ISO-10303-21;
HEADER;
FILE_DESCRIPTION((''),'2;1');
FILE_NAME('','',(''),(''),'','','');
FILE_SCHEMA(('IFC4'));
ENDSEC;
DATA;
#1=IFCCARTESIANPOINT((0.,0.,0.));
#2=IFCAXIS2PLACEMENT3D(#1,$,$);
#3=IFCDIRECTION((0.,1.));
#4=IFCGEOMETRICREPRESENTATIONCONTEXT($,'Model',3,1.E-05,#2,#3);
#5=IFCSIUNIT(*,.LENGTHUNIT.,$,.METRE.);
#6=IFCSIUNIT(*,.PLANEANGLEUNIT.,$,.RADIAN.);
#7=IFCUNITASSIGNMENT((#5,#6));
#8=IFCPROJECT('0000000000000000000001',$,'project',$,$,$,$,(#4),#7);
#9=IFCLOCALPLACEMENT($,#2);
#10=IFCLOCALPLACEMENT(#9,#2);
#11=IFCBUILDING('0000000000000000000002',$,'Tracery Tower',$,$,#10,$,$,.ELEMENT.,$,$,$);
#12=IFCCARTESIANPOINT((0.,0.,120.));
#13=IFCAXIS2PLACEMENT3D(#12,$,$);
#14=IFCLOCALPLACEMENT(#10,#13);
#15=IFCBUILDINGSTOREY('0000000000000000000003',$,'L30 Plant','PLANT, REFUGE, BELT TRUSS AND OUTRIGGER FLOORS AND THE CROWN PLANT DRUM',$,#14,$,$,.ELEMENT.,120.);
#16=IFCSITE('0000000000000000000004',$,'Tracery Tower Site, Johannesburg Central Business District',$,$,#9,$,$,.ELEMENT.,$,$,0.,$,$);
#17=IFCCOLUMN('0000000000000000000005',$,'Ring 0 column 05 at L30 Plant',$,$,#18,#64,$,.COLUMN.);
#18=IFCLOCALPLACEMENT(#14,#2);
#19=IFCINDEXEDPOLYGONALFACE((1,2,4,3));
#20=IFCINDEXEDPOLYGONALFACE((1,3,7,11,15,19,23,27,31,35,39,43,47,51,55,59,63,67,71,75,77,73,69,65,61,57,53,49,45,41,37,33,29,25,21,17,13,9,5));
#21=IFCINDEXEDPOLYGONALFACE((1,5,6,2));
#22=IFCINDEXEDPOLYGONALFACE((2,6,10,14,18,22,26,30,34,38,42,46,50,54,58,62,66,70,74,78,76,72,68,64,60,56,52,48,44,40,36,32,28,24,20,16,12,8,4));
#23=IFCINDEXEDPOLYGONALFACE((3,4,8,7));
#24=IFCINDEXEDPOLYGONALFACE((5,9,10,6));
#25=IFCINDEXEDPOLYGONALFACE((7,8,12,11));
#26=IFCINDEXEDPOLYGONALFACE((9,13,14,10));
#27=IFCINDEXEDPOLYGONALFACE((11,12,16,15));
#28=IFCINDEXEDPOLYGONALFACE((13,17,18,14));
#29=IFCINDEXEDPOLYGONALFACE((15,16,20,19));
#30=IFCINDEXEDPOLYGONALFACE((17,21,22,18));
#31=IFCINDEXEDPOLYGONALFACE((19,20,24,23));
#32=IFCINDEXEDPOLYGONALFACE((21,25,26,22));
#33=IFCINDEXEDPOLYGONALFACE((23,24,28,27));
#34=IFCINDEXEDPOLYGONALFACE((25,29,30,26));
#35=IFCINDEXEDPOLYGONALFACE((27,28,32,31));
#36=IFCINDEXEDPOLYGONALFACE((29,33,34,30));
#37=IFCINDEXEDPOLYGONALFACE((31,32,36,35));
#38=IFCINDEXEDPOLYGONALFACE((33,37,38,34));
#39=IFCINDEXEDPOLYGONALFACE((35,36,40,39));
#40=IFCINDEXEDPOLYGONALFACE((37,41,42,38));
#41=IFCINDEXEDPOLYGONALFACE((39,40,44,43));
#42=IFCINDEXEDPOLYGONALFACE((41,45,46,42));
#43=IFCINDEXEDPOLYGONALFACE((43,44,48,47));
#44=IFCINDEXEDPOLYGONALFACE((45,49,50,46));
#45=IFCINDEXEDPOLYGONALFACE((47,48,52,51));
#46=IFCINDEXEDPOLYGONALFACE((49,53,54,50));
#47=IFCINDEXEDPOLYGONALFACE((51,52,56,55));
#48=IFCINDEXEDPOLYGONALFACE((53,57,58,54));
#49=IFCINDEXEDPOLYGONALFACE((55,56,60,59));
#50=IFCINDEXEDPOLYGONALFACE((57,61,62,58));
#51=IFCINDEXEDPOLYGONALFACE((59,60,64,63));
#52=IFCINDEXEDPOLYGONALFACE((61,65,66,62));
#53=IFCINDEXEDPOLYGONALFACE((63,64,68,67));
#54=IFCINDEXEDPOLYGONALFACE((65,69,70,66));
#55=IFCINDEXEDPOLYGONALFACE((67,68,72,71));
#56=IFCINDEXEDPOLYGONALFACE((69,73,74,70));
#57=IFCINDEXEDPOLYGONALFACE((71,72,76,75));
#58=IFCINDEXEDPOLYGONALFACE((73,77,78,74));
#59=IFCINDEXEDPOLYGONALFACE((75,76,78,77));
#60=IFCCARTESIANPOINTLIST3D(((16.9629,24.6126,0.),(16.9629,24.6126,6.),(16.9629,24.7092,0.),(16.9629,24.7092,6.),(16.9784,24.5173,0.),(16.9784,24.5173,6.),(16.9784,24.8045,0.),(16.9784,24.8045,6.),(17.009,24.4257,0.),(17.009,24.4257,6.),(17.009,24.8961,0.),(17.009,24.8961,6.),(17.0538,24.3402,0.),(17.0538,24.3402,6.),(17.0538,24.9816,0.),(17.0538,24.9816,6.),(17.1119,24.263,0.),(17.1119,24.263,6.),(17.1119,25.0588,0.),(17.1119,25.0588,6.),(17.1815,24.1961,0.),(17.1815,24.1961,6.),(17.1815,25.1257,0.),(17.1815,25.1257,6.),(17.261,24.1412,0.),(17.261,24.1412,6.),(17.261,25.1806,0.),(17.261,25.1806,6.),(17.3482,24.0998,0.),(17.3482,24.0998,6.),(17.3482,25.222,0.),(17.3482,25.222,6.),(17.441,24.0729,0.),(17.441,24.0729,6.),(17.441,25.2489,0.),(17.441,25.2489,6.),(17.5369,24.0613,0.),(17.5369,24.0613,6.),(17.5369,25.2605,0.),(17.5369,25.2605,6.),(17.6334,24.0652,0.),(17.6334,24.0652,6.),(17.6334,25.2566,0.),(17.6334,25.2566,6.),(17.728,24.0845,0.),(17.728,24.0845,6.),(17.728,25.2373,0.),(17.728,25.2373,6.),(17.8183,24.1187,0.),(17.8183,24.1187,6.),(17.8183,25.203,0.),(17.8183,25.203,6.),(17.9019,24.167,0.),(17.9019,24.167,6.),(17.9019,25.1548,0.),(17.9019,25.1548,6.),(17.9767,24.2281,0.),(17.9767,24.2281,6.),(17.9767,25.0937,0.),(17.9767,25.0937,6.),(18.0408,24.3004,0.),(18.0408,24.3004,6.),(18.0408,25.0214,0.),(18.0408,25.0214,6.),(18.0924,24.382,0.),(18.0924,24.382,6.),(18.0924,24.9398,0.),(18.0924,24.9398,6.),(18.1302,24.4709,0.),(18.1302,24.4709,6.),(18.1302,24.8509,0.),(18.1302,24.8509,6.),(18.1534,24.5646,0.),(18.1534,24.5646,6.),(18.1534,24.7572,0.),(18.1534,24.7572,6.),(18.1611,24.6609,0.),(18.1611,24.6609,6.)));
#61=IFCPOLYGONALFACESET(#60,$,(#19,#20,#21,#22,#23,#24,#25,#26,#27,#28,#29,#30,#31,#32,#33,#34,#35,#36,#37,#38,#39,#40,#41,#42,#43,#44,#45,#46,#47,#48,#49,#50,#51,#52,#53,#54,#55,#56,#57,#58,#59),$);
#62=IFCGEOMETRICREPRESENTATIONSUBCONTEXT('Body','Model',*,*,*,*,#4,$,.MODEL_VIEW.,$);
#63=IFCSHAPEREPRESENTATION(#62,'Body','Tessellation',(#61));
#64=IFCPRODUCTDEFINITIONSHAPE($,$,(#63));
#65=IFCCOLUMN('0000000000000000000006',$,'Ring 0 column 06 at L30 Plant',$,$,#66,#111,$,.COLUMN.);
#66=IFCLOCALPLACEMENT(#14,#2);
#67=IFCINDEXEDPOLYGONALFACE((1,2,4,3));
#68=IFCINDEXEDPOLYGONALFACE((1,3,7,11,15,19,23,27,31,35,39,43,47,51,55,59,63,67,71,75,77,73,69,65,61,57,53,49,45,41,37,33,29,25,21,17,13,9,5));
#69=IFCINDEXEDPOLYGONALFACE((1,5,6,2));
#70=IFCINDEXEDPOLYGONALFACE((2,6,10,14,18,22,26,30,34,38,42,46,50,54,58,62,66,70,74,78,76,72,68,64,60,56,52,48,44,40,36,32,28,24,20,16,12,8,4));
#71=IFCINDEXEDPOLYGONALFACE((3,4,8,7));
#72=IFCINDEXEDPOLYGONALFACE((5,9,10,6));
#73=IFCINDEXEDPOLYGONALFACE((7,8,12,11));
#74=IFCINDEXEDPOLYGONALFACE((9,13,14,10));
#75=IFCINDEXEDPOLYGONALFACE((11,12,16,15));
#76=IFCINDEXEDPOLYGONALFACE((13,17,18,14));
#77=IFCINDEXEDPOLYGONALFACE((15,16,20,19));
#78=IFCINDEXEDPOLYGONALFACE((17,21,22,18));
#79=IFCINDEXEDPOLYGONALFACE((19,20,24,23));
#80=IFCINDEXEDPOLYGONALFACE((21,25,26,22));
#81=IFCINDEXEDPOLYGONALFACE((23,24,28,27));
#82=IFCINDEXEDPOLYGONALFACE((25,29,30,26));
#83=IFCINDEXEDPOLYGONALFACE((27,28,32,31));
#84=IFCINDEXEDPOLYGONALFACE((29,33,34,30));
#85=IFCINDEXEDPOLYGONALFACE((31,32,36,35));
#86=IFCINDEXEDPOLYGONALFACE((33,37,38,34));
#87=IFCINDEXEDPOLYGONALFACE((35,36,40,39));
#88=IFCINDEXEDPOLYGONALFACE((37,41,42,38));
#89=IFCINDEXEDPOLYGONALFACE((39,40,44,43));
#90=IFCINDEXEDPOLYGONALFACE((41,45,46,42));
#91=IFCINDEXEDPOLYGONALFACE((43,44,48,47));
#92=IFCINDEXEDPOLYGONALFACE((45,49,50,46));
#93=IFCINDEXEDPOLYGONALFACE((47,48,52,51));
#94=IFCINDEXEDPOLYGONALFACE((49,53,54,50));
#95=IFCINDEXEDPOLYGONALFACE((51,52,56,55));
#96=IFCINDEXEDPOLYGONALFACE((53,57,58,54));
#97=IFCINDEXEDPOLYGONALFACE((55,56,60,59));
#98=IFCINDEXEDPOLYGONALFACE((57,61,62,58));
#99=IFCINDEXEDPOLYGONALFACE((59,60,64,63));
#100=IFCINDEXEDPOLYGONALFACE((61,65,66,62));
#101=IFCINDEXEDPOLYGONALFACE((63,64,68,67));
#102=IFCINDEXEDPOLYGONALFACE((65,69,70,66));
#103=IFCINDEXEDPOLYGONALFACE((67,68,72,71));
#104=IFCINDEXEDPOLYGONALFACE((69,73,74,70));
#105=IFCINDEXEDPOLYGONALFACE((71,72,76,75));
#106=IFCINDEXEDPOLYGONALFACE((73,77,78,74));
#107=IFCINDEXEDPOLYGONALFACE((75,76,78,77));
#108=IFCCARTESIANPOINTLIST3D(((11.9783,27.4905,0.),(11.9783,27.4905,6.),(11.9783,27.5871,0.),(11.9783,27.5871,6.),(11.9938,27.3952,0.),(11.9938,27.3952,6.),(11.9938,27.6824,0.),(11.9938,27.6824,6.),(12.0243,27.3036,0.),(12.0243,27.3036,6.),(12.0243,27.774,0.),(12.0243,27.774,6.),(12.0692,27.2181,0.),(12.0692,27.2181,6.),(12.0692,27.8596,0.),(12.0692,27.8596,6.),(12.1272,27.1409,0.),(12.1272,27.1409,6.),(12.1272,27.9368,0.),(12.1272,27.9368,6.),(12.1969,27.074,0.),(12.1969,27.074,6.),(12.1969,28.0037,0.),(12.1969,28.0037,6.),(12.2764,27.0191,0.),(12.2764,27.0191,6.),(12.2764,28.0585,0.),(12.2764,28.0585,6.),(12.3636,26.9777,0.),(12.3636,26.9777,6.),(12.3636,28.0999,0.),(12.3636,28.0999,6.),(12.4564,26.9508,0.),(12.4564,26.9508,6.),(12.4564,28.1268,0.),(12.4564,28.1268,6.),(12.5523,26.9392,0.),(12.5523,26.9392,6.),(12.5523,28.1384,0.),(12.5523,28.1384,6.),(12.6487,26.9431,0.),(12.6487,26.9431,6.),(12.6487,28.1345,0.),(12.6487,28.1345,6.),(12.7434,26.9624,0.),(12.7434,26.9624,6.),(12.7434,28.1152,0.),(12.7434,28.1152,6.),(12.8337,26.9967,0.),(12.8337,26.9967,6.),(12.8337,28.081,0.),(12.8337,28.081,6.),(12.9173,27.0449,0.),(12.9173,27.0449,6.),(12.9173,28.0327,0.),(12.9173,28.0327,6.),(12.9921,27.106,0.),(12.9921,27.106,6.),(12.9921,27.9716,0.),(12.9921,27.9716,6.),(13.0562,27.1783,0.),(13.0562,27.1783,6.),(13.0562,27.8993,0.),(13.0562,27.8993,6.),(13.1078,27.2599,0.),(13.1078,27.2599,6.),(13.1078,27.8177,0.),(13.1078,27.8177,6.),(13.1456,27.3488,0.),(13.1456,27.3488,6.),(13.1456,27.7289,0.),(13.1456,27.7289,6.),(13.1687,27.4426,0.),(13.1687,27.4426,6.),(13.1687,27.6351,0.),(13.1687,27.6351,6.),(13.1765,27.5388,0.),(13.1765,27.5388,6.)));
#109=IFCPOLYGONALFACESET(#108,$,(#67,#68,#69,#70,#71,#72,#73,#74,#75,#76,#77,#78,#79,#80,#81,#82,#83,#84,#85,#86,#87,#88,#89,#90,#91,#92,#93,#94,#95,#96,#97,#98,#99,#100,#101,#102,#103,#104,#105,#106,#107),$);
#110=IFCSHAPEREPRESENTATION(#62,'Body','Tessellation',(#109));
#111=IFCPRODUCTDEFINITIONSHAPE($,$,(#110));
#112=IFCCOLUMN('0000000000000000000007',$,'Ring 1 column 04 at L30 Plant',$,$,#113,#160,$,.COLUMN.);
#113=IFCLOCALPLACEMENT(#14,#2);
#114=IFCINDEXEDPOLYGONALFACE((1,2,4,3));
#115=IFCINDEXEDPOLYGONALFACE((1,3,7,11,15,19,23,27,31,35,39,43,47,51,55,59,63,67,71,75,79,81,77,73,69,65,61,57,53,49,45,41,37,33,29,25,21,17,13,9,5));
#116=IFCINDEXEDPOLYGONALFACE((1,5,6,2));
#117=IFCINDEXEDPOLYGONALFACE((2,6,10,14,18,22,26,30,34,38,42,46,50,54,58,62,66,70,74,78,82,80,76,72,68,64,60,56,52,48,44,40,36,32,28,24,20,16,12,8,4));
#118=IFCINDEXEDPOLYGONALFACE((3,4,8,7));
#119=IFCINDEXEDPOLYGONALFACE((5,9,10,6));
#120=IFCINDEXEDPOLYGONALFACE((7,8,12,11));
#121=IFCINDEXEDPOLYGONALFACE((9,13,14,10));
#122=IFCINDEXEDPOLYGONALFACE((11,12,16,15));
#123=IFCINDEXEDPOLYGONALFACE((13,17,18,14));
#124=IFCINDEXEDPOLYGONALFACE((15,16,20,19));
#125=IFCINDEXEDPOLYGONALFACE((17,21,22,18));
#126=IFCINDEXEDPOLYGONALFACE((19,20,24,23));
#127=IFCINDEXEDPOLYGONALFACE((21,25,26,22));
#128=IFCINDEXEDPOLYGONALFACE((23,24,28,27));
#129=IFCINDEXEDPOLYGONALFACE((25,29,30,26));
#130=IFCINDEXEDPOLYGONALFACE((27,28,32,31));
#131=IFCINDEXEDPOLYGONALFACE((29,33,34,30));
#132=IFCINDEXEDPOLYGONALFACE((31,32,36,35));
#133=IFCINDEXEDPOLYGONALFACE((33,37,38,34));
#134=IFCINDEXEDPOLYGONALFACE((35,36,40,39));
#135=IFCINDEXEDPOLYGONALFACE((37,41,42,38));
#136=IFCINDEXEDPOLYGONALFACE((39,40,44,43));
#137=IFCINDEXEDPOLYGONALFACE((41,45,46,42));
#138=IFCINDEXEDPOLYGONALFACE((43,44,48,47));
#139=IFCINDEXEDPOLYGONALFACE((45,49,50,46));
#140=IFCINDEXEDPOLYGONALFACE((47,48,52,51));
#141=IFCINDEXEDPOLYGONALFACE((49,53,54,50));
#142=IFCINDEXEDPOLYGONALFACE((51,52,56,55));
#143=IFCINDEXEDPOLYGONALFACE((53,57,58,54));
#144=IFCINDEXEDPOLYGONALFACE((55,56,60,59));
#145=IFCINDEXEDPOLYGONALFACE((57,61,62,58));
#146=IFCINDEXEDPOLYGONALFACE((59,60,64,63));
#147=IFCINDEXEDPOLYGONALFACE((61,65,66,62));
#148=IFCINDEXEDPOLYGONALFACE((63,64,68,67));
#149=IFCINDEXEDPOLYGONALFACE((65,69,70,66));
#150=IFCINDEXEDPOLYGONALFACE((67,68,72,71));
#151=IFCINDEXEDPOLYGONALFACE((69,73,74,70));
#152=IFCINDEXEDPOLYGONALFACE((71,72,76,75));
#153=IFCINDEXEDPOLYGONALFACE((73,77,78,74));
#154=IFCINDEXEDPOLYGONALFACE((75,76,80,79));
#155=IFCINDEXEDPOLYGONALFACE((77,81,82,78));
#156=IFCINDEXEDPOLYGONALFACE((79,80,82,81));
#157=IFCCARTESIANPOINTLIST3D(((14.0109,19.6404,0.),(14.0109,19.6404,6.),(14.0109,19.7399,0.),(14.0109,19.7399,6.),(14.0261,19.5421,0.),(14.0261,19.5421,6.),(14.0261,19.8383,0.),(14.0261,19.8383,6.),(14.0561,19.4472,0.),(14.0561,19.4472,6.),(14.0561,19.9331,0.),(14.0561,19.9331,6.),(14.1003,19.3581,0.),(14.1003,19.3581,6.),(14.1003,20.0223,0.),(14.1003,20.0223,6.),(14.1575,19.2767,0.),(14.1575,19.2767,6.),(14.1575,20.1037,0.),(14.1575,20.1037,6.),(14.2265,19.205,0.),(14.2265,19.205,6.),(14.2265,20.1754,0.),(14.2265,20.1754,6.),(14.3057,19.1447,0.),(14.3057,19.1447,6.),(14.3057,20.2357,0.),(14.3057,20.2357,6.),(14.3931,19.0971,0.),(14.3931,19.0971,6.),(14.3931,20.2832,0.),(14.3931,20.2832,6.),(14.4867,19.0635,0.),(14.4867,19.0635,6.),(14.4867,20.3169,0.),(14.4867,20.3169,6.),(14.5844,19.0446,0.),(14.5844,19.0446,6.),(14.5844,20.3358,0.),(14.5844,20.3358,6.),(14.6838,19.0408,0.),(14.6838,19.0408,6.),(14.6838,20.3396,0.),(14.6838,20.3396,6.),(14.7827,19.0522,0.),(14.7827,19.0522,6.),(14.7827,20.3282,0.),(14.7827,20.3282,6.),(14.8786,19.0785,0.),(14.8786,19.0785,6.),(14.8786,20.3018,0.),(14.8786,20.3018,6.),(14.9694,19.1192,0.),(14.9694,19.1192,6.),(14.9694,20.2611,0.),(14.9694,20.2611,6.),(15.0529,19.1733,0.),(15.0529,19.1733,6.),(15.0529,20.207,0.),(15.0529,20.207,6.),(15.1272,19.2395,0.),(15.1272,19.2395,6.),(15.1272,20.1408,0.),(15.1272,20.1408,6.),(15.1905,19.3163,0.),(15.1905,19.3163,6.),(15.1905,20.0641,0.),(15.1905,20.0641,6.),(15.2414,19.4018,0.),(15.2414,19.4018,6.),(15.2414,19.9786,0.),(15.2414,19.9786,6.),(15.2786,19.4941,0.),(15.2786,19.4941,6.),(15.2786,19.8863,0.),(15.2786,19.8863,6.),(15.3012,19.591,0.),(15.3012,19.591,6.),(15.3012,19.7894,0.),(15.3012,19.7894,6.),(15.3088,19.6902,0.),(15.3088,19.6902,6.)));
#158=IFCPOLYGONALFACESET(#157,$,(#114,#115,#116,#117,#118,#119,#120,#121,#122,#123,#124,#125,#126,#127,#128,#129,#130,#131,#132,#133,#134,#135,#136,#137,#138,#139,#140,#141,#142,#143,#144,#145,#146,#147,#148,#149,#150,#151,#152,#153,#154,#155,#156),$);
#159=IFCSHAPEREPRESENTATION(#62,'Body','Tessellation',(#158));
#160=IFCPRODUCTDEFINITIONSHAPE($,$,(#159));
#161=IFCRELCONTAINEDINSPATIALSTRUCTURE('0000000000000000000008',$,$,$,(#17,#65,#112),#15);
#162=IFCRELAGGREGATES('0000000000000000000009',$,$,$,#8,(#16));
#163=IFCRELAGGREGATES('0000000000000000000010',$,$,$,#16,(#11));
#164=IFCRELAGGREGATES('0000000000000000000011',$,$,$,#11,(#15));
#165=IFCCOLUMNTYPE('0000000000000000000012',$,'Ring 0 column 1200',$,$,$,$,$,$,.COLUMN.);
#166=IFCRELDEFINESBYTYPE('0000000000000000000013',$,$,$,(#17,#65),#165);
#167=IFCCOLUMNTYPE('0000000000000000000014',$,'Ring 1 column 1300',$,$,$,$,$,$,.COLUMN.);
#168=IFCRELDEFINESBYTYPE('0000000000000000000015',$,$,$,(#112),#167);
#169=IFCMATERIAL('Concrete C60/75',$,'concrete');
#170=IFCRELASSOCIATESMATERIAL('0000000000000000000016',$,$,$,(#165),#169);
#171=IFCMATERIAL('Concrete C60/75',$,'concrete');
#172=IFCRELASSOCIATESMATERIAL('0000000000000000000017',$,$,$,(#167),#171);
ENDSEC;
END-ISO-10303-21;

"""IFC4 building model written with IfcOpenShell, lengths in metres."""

from ifc_helpers import new_model, si_unit, direction, frame, origin, origin_2d, place, context, subcontext, project, spatial, circle, extrude, material, material_profile, profile_set, type_object, element, save


model = new_model("IFC4")

# Units and contexts
model_context = context("Model", 3, precision=1e-05, world=origin(), true_north=direction((0.0, 1.0)))
body_context = subcontext(model_context, "Body", "Model", "MODEL_VIEW")
ifc_project = project(units=[si_unit("LENGTHUNIT", "METRE"), si_unit("PLANEANGLEUNIT", "RADIAN")], contexts=[model_context])

# Site, building, storey
site_placement = place(None, origin())
site = spatial("IfcSite", under=ifc_project, at=site_placement, Name="Tracery Tower Site, Johannesburg Central Business District", CompositionType="ELEMENT", RefElevation=0.0)
building_placement = place(site_placement, origin())
building = spatial("IfcBuilding", under=site, at=building_placement, Name="Tracery Tower", CompositionType="ELEMENT")
storey_placement = place(building_placement, frame((0.0, 0.0, 120.0)))
storey = spatial("IfcBuildingStorey", under=building, at=storey_placement, Name="L30 Plant", Description="PLANT, REFUGE, BELT TRUSS AND OUTRIGGER FLOORS AND THE CROWN PLANT DRUM", CompositionType="ELEMENT", Elevation=120.0)

# Columns
ifc_material_1 = material(Name="Concrete C60/75", Category="concrete")
ifc_material_profile_1 = material_profile(ifc_material_1, circle(Radius=0.6001, at=origin_2d()), Name="RC D1200")
ifc_profile_set_1 = profile_set([ifc_material_profile_1], Name="Concrete C60/75")
column_type_1 = type_object("IfcColumnType", Name="Ring 0 column 1200", PredefinedType="COLUMN", material=ifc_profile_set_1)
for number, where, z_axis, x_axis, name in (
    (1, (17.561, 24.6609, 0.0), (0.0, 0.0, 1.0), (1.0, 0.0, 0.0), "Ring 0 column 05 at L30 Plant"),
    (2, (12.5764, 27.5388, 0.0), (0.0, 0.0, 1.0), (1.0, 0.0, 0.0), "Ring 0 column 06 at L30 Plant"),
):
    element("IfcColumn", number, at=place(storey_placement, frame(where, z_axis=z_axis, x_axis=x_axis)), inside=storey, type_object=column_type_1, Name=name, PredefinedType="COLUMN", context=body_context, shape_type="SweptSolid", body=[
        extrude(circle(Radius=0.6001, at=origin_2d()), origin(), (0.0, 0.0, 1.0), 6.0),
    ])
ifc_material_2 = material(Name="Concrete C60/75", Category="concrete")
ifc_material_profile_2 = material_profile(ifc_material_2, circle(Radius=0.6499, at=origin_2d()), Name="RC D1300")
ifc_profile_set_2 = profile_set([ifc_material_profile_2], Name="Concrete C60/75")
column_type_2 = type_object("IfcColumnType", Name="Ring 1 column 1300", PredefinedType="COLUMN", material=ifc_profile_set_2)
column_placement = place(storey_placement, frame((14.6589, 19.6902, 0.0), z_axis=(0.0, 0.0, 1.0), x_axis=(1.0, 0.0, 0.0)))
element("IfcColumn", 3, at=column_placement, inside=storey, type_object=column_type_2, Name="Ring 1 column 04 at L30 Plant", PredefinedType="COLUMN", context=body_context, shape_type="SweptSolid", body=[
    extrude(circle(Radius=0.6499, at=origin_2d()), origin(), (0.0, 0.0, 1.0), 6.0),
])

save(model, "model.ifc")
